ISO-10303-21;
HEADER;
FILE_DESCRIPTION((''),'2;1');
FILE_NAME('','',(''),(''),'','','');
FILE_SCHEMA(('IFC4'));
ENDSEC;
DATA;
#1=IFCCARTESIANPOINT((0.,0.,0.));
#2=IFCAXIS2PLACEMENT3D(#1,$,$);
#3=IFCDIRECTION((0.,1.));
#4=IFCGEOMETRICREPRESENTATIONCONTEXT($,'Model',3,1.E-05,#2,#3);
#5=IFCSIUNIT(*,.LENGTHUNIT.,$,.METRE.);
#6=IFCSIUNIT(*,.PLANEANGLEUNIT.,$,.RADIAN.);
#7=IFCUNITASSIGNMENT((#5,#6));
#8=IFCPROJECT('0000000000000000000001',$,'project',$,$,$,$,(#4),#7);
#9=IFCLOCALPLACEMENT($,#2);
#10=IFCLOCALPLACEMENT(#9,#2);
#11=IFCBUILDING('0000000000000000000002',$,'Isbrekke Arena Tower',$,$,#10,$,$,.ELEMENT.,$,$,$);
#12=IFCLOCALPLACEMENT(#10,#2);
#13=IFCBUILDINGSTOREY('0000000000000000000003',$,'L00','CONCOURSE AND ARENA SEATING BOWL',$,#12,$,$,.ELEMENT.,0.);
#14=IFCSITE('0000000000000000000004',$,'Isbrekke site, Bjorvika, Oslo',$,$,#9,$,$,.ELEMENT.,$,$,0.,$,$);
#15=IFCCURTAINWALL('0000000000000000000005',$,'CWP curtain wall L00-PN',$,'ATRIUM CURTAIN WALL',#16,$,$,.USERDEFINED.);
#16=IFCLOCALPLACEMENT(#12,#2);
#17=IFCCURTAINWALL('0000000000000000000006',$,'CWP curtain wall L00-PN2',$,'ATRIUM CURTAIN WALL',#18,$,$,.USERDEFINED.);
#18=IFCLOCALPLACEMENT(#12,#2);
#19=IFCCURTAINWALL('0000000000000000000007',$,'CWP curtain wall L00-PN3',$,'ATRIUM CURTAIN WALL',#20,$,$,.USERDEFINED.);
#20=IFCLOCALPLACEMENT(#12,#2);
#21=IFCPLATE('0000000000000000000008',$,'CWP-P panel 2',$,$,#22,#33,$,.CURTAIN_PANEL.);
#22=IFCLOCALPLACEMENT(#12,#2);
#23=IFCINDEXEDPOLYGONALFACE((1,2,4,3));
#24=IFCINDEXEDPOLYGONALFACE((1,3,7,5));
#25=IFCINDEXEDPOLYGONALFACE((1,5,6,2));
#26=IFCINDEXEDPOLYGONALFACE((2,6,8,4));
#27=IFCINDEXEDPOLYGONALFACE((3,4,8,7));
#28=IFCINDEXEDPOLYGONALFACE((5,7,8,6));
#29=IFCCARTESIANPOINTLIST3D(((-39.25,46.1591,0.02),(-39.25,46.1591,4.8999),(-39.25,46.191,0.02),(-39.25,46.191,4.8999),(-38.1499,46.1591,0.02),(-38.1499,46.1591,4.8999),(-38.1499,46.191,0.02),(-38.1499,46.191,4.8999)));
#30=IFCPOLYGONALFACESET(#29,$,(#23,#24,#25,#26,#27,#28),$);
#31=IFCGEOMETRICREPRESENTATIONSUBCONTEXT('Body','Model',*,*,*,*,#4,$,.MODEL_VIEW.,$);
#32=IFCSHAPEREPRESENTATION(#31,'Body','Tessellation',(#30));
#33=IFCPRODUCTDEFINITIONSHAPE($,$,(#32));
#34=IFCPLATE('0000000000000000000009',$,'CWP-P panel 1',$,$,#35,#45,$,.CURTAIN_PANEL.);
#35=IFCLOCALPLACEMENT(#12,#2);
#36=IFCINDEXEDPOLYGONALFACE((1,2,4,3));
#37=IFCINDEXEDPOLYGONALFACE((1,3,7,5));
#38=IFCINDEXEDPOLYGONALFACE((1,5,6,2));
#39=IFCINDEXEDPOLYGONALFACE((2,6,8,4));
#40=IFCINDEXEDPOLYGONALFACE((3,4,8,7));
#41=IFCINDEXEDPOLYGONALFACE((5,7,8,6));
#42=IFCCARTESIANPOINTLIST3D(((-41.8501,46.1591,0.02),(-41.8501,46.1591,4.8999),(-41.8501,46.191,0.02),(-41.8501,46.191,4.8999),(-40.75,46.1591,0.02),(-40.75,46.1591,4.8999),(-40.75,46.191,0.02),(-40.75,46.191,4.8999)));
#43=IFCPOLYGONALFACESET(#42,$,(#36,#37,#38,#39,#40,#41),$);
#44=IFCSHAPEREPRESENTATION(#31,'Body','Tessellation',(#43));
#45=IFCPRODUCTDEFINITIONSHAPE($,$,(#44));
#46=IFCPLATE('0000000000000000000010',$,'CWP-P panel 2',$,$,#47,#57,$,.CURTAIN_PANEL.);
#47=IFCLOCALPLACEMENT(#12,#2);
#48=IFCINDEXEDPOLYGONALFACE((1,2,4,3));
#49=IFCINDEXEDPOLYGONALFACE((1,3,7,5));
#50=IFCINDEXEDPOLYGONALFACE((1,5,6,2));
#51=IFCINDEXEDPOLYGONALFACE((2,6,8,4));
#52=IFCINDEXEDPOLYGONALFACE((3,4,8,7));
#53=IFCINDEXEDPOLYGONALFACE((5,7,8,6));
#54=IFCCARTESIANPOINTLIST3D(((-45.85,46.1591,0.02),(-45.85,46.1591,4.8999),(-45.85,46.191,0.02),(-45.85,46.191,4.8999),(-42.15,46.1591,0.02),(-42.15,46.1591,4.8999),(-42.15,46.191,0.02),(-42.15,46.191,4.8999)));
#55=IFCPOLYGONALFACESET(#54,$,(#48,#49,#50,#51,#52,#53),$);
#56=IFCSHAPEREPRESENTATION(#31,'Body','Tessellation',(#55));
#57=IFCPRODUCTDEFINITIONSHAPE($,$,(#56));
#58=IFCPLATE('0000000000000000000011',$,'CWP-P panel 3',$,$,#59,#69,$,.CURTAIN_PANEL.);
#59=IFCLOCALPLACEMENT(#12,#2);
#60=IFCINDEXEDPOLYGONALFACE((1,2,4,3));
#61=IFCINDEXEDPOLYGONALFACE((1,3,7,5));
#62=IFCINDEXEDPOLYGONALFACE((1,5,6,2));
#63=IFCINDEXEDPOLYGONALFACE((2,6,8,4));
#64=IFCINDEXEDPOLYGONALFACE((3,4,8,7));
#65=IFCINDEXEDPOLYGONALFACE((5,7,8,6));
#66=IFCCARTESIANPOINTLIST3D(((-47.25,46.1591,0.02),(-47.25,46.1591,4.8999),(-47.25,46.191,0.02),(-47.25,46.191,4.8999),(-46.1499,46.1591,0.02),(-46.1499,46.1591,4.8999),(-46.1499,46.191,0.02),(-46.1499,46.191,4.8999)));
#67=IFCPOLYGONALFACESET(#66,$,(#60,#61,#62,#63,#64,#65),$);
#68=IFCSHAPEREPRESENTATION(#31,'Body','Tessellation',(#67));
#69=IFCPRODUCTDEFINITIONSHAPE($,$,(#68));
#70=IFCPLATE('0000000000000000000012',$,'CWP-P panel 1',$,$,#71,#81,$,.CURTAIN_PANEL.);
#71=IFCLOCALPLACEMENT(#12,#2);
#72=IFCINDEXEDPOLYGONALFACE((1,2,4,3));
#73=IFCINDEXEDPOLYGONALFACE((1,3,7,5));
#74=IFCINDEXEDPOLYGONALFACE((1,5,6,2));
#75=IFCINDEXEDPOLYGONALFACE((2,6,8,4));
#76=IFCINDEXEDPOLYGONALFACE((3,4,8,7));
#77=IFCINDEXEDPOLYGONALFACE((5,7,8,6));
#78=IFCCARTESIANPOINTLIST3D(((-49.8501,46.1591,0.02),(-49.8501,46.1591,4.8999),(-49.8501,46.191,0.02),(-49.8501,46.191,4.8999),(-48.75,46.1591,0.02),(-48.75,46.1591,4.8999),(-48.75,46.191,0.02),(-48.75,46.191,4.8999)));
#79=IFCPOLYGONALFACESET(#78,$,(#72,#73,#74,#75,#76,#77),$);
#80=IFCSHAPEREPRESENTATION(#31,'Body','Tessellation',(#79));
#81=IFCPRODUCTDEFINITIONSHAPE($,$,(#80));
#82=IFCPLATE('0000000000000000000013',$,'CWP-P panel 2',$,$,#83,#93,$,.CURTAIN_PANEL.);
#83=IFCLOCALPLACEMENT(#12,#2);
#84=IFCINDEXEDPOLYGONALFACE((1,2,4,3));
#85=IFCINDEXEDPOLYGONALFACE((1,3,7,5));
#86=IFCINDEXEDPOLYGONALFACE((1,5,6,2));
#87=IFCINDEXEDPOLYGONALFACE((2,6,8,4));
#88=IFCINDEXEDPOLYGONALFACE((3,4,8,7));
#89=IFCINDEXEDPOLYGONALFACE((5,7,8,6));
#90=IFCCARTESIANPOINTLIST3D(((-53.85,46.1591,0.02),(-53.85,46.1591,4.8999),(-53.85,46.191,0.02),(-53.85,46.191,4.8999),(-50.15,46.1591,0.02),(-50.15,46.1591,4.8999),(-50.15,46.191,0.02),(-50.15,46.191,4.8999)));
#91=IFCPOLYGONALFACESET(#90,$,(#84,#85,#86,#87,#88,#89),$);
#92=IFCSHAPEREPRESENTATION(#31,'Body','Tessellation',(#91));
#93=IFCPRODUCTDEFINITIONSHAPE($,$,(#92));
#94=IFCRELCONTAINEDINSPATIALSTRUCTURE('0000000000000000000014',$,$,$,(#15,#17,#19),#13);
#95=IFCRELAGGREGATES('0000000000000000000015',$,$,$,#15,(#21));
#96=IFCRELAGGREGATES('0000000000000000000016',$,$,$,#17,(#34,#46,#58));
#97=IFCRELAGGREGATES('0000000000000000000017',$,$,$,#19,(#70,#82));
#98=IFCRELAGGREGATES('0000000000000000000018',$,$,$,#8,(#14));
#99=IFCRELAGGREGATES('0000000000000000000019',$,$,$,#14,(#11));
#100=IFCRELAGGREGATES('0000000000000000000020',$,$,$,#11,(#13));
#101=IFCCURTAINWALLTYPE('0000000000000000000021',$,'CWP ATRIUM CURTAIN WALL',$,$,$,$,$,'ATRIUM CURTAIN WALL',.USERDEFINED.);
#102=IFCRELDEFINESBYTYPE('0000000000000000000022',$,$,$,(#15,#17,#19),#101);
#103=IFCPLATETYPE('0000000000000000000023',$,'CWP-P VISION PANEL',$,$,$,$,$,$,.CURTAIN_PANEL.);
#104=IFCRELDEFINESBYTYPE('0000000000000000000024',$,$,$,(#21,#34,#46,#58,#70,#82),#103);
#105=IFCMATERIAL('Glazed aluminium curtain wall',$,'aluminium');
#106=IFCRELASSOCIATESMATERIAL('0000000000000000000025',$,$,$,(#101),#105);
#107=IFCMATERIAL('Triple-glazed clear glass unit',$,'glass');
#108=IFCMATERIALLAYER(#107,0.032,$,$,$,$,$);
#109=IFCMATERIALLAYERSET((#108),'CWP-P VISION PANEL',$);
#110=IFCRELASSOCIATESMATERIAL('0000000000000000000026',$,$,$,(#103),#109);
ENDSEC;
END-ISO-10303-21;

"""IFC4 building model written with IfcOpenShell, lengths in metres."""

from ifc_helpers import new_model, si_unit, direction, frame, origin, origin_2d, place, context, subcontext, project, spatial, rectangle, extrude, material, layer, layer_set, type_object, element, aggregate, save


model = new_model("IFC4")

# Units and contexts
model_context = context("Model", 3, precision=1e-05, world=origin(), true_north=direction((0.0, 1.0)))
body_context = subcontext(model_context, "Body", "Model", "MODEL_VIEW")
ifc_project = project(units=[si_unit("LENGTHUNIT", "METRE"), si_unit("PLANEANGLEUNIT", "RADIAN")], contexts=[model_context])

# Site, building, storey
site_placement = place(None, origin())
site = spatial("IfcSite", under=ifc_project, at=site_placement, Name="Isbrekke site, Bjorvika, Oslo", CompositionType="ELEMENT", RefElevation=0.0)
building_placement = place(site_placement, origin())
building = spatial("IfcBuilding", under=site, at=building_placement, Name="Isbrekke Arena Tower", CompositionType="ELEMENT")
storey_placement = place(building_placement, origin())
storey = spatial("IfcBuildingStorey", under=building, at=storey_placement, Name="L00", Description="CONCOURSE AND ARENA SEATING BOWL", CompositionType="ELEMENT", Elevation=0.0)

# Curtain wall
ifc_material_1 = material(Name="Glazed aluminium curtain wall", Category="aluminium")
curtain_wall_type = type_object("IfcCurtainWallType", Name="CWP ATRIUM CURTAIN WALL", ElementType="ATRIUM CURTAIN WALL", PredefinedType="USERDEFINED", material=ifc_material_1)
curtain_wall_1_placement = place(storey_placement, origin())
curtain_wall_1 = element("IfcCurtainWall", 1, at=curtain_wall_1_placement, inside=storey, type_object=curtain_wall_type, Name="CWP curtain wall L00-PN", ObjectType="ATRIUM CURTAIN WALL", PredefinedType="USERDEFINED")

# Curtain walls
curtain_wall_2_placement = place(storey_placement, origin())
curtain_wall_2 = element("IfcCurtainWall", 2, at=curtain_wall_2_placement, inside=storey, type_object=curtain_wall_type, Name="CWP curtain wall L00-PN2", ObjectType="ATRIUM CURTAIN WALL", PredefinedType="USERDEFINED")
curtain_wall_3_placement = place(storey_placement, origin())
curtain_wall_3 = element("IfcCurtainWall", 3, at=curtain_wall_3_placement, inside=storey, type_object=curtain_wall_type, Name="CWP curtain wall L00-PN3", ObjectType="ATRIUM CURTAIN WALL", PredefinedType="USERDEFINED")

# Plates
ifc_material_2 = material(Name="Triple-glazed clear glass unit", Category="glass")
ifc_layer = layer(ifc_material_2, 0.032)
ifc_layer_set = layer_set([ifc_layer], Name="CWP-P VISION PANEL")
plate_type = type_object("IfcPlateType", Name="CWP-P VISION PANEL", PredefinedType="CURTAIN_PANEL", material=ifc_layer_set)
plate_1_placement = place(storey_placement, frame((-38.7, 46.175, 0.02), z_axis=(0.0, 0.0, 1.0), x_axis=(-1.0, 0.0, 0.0)))
plate_1 = element("IfcPlate", 4, at=plate_1_placement, type_object=plate_type, Name="CWP-P panel 2", PredefinedType="CURTAIN_PANEL", context=body_context, shape_type="SweptSolid", body=[
    extrude(rectangle(XDim=1.1001, YDim=0.032, at=origin_2d()), origin(), (0.0, 0.0, 1.0), 4.8799),
])
aggregate(curtain_wall_1, [plate_1])
plate_2_placement = place(storey_placement, frame((-41.3, 46.175, 0.02), z_axis=(0.0, 0.0, 1.0), x_axis=(-1.0, 0.0, 0.0)))
plate_2 = element("IfcPlate", 5, at=plate_2_placement, type_object=plate_type, Name="CWP-P panel 1", PredefinedType="CURTAIN_PANEL", context=body_context, shape_type="SweptSolid", body=[
    extrude(rectangle(XDim=1.1001, YDim=0.032, at=origin_2d()), origin(), (0.0, 0.0, 1.0), 4.8799),
])
plate_3_placement = place(storey_placement, frame((-44.0, 46.175, 0.02), z_axis=(0.0, 0.0, 1.0), x_axis=(-1.0, 0.0, 0.0)))
plate_3 = element("IfcPlate", 6, at=plate_3_placement, type_object=plate_type, Name="CWP-P panel 2", PredefinedType="CURTAIN_PANEL", context=body_context, shape_type="SweptSolid", body=[
    extrude(rectangle(XDim=3.7, YDim=0.032, at=origin_2d()), origin(), (0.0, 0.0, 1.0), 4.8799),
])
plate_4_placement = place(storey_placement, frame((-46.7, 46.175, 0.02), z_axis=(0.0, 0.0, 1.0), x_axis=(-1.0, 0.0, 0.0)))
plate_4 = element("IfcPlate", 7, at=plate_4_placement, type_object=plate_type, Name="CWP-P panel 3", PredefinedType="CURTAIN_PANEL", context=body_context, shape_type="SweptSolid", body=[
    extrude(rectangle(XDim=1.1001, YDim=0.032, at=origin_2d()), origin(), (0.0, 0.0, 1.0), 4.8799),
])
aggregate(curtain_wall_2, [plate_2, plate_3, plate_4])
plate_5_placement = place(storey_placement, frame((-49.3, 46.175, 0.02), z_axis=(0.0, 0.0, 1.0), x_axis=(-1.0, 0.0, 0.0)))
plate_5 = element("IfcPlate", 8, at=plate_5_placement, type_object=plate_type, Name="CWP-P panel 1", PredefinedType="CURTAIN_PANEL", context=body_context, shape_type="SweptSolid", body=[
    extrude(rectangle(XDim=1.1001, YDim=0.032, at=origin_2d()), origin(), (0.0, 0.0, 1.0), 4.8799),
])
plate_6_placement = place(storey_placement, frame((-52.0, 46.175, 0.02), z_axis=(0.0, 0.0, 1.0), x_axis=(-1.0, 0.0, 0.0)))
plate_6 = element("IfcPlate", 9, at=plate_6_placement, type_object=plate_type, Name="CWP-P panel 2", PredefinedType="CURTAIN_PANEL", context=body_context, shape_type="SweptSolid", body=[
    extrude(rectangle(XDim=3.7, YDim=0.032, at=origin_2d()), origin(), (0.0, 0.0, 1.0), 4.8799),
])
aggregate(curtain_wall_3, [plate_5, plate_6])

save(model, "model.ifc")
